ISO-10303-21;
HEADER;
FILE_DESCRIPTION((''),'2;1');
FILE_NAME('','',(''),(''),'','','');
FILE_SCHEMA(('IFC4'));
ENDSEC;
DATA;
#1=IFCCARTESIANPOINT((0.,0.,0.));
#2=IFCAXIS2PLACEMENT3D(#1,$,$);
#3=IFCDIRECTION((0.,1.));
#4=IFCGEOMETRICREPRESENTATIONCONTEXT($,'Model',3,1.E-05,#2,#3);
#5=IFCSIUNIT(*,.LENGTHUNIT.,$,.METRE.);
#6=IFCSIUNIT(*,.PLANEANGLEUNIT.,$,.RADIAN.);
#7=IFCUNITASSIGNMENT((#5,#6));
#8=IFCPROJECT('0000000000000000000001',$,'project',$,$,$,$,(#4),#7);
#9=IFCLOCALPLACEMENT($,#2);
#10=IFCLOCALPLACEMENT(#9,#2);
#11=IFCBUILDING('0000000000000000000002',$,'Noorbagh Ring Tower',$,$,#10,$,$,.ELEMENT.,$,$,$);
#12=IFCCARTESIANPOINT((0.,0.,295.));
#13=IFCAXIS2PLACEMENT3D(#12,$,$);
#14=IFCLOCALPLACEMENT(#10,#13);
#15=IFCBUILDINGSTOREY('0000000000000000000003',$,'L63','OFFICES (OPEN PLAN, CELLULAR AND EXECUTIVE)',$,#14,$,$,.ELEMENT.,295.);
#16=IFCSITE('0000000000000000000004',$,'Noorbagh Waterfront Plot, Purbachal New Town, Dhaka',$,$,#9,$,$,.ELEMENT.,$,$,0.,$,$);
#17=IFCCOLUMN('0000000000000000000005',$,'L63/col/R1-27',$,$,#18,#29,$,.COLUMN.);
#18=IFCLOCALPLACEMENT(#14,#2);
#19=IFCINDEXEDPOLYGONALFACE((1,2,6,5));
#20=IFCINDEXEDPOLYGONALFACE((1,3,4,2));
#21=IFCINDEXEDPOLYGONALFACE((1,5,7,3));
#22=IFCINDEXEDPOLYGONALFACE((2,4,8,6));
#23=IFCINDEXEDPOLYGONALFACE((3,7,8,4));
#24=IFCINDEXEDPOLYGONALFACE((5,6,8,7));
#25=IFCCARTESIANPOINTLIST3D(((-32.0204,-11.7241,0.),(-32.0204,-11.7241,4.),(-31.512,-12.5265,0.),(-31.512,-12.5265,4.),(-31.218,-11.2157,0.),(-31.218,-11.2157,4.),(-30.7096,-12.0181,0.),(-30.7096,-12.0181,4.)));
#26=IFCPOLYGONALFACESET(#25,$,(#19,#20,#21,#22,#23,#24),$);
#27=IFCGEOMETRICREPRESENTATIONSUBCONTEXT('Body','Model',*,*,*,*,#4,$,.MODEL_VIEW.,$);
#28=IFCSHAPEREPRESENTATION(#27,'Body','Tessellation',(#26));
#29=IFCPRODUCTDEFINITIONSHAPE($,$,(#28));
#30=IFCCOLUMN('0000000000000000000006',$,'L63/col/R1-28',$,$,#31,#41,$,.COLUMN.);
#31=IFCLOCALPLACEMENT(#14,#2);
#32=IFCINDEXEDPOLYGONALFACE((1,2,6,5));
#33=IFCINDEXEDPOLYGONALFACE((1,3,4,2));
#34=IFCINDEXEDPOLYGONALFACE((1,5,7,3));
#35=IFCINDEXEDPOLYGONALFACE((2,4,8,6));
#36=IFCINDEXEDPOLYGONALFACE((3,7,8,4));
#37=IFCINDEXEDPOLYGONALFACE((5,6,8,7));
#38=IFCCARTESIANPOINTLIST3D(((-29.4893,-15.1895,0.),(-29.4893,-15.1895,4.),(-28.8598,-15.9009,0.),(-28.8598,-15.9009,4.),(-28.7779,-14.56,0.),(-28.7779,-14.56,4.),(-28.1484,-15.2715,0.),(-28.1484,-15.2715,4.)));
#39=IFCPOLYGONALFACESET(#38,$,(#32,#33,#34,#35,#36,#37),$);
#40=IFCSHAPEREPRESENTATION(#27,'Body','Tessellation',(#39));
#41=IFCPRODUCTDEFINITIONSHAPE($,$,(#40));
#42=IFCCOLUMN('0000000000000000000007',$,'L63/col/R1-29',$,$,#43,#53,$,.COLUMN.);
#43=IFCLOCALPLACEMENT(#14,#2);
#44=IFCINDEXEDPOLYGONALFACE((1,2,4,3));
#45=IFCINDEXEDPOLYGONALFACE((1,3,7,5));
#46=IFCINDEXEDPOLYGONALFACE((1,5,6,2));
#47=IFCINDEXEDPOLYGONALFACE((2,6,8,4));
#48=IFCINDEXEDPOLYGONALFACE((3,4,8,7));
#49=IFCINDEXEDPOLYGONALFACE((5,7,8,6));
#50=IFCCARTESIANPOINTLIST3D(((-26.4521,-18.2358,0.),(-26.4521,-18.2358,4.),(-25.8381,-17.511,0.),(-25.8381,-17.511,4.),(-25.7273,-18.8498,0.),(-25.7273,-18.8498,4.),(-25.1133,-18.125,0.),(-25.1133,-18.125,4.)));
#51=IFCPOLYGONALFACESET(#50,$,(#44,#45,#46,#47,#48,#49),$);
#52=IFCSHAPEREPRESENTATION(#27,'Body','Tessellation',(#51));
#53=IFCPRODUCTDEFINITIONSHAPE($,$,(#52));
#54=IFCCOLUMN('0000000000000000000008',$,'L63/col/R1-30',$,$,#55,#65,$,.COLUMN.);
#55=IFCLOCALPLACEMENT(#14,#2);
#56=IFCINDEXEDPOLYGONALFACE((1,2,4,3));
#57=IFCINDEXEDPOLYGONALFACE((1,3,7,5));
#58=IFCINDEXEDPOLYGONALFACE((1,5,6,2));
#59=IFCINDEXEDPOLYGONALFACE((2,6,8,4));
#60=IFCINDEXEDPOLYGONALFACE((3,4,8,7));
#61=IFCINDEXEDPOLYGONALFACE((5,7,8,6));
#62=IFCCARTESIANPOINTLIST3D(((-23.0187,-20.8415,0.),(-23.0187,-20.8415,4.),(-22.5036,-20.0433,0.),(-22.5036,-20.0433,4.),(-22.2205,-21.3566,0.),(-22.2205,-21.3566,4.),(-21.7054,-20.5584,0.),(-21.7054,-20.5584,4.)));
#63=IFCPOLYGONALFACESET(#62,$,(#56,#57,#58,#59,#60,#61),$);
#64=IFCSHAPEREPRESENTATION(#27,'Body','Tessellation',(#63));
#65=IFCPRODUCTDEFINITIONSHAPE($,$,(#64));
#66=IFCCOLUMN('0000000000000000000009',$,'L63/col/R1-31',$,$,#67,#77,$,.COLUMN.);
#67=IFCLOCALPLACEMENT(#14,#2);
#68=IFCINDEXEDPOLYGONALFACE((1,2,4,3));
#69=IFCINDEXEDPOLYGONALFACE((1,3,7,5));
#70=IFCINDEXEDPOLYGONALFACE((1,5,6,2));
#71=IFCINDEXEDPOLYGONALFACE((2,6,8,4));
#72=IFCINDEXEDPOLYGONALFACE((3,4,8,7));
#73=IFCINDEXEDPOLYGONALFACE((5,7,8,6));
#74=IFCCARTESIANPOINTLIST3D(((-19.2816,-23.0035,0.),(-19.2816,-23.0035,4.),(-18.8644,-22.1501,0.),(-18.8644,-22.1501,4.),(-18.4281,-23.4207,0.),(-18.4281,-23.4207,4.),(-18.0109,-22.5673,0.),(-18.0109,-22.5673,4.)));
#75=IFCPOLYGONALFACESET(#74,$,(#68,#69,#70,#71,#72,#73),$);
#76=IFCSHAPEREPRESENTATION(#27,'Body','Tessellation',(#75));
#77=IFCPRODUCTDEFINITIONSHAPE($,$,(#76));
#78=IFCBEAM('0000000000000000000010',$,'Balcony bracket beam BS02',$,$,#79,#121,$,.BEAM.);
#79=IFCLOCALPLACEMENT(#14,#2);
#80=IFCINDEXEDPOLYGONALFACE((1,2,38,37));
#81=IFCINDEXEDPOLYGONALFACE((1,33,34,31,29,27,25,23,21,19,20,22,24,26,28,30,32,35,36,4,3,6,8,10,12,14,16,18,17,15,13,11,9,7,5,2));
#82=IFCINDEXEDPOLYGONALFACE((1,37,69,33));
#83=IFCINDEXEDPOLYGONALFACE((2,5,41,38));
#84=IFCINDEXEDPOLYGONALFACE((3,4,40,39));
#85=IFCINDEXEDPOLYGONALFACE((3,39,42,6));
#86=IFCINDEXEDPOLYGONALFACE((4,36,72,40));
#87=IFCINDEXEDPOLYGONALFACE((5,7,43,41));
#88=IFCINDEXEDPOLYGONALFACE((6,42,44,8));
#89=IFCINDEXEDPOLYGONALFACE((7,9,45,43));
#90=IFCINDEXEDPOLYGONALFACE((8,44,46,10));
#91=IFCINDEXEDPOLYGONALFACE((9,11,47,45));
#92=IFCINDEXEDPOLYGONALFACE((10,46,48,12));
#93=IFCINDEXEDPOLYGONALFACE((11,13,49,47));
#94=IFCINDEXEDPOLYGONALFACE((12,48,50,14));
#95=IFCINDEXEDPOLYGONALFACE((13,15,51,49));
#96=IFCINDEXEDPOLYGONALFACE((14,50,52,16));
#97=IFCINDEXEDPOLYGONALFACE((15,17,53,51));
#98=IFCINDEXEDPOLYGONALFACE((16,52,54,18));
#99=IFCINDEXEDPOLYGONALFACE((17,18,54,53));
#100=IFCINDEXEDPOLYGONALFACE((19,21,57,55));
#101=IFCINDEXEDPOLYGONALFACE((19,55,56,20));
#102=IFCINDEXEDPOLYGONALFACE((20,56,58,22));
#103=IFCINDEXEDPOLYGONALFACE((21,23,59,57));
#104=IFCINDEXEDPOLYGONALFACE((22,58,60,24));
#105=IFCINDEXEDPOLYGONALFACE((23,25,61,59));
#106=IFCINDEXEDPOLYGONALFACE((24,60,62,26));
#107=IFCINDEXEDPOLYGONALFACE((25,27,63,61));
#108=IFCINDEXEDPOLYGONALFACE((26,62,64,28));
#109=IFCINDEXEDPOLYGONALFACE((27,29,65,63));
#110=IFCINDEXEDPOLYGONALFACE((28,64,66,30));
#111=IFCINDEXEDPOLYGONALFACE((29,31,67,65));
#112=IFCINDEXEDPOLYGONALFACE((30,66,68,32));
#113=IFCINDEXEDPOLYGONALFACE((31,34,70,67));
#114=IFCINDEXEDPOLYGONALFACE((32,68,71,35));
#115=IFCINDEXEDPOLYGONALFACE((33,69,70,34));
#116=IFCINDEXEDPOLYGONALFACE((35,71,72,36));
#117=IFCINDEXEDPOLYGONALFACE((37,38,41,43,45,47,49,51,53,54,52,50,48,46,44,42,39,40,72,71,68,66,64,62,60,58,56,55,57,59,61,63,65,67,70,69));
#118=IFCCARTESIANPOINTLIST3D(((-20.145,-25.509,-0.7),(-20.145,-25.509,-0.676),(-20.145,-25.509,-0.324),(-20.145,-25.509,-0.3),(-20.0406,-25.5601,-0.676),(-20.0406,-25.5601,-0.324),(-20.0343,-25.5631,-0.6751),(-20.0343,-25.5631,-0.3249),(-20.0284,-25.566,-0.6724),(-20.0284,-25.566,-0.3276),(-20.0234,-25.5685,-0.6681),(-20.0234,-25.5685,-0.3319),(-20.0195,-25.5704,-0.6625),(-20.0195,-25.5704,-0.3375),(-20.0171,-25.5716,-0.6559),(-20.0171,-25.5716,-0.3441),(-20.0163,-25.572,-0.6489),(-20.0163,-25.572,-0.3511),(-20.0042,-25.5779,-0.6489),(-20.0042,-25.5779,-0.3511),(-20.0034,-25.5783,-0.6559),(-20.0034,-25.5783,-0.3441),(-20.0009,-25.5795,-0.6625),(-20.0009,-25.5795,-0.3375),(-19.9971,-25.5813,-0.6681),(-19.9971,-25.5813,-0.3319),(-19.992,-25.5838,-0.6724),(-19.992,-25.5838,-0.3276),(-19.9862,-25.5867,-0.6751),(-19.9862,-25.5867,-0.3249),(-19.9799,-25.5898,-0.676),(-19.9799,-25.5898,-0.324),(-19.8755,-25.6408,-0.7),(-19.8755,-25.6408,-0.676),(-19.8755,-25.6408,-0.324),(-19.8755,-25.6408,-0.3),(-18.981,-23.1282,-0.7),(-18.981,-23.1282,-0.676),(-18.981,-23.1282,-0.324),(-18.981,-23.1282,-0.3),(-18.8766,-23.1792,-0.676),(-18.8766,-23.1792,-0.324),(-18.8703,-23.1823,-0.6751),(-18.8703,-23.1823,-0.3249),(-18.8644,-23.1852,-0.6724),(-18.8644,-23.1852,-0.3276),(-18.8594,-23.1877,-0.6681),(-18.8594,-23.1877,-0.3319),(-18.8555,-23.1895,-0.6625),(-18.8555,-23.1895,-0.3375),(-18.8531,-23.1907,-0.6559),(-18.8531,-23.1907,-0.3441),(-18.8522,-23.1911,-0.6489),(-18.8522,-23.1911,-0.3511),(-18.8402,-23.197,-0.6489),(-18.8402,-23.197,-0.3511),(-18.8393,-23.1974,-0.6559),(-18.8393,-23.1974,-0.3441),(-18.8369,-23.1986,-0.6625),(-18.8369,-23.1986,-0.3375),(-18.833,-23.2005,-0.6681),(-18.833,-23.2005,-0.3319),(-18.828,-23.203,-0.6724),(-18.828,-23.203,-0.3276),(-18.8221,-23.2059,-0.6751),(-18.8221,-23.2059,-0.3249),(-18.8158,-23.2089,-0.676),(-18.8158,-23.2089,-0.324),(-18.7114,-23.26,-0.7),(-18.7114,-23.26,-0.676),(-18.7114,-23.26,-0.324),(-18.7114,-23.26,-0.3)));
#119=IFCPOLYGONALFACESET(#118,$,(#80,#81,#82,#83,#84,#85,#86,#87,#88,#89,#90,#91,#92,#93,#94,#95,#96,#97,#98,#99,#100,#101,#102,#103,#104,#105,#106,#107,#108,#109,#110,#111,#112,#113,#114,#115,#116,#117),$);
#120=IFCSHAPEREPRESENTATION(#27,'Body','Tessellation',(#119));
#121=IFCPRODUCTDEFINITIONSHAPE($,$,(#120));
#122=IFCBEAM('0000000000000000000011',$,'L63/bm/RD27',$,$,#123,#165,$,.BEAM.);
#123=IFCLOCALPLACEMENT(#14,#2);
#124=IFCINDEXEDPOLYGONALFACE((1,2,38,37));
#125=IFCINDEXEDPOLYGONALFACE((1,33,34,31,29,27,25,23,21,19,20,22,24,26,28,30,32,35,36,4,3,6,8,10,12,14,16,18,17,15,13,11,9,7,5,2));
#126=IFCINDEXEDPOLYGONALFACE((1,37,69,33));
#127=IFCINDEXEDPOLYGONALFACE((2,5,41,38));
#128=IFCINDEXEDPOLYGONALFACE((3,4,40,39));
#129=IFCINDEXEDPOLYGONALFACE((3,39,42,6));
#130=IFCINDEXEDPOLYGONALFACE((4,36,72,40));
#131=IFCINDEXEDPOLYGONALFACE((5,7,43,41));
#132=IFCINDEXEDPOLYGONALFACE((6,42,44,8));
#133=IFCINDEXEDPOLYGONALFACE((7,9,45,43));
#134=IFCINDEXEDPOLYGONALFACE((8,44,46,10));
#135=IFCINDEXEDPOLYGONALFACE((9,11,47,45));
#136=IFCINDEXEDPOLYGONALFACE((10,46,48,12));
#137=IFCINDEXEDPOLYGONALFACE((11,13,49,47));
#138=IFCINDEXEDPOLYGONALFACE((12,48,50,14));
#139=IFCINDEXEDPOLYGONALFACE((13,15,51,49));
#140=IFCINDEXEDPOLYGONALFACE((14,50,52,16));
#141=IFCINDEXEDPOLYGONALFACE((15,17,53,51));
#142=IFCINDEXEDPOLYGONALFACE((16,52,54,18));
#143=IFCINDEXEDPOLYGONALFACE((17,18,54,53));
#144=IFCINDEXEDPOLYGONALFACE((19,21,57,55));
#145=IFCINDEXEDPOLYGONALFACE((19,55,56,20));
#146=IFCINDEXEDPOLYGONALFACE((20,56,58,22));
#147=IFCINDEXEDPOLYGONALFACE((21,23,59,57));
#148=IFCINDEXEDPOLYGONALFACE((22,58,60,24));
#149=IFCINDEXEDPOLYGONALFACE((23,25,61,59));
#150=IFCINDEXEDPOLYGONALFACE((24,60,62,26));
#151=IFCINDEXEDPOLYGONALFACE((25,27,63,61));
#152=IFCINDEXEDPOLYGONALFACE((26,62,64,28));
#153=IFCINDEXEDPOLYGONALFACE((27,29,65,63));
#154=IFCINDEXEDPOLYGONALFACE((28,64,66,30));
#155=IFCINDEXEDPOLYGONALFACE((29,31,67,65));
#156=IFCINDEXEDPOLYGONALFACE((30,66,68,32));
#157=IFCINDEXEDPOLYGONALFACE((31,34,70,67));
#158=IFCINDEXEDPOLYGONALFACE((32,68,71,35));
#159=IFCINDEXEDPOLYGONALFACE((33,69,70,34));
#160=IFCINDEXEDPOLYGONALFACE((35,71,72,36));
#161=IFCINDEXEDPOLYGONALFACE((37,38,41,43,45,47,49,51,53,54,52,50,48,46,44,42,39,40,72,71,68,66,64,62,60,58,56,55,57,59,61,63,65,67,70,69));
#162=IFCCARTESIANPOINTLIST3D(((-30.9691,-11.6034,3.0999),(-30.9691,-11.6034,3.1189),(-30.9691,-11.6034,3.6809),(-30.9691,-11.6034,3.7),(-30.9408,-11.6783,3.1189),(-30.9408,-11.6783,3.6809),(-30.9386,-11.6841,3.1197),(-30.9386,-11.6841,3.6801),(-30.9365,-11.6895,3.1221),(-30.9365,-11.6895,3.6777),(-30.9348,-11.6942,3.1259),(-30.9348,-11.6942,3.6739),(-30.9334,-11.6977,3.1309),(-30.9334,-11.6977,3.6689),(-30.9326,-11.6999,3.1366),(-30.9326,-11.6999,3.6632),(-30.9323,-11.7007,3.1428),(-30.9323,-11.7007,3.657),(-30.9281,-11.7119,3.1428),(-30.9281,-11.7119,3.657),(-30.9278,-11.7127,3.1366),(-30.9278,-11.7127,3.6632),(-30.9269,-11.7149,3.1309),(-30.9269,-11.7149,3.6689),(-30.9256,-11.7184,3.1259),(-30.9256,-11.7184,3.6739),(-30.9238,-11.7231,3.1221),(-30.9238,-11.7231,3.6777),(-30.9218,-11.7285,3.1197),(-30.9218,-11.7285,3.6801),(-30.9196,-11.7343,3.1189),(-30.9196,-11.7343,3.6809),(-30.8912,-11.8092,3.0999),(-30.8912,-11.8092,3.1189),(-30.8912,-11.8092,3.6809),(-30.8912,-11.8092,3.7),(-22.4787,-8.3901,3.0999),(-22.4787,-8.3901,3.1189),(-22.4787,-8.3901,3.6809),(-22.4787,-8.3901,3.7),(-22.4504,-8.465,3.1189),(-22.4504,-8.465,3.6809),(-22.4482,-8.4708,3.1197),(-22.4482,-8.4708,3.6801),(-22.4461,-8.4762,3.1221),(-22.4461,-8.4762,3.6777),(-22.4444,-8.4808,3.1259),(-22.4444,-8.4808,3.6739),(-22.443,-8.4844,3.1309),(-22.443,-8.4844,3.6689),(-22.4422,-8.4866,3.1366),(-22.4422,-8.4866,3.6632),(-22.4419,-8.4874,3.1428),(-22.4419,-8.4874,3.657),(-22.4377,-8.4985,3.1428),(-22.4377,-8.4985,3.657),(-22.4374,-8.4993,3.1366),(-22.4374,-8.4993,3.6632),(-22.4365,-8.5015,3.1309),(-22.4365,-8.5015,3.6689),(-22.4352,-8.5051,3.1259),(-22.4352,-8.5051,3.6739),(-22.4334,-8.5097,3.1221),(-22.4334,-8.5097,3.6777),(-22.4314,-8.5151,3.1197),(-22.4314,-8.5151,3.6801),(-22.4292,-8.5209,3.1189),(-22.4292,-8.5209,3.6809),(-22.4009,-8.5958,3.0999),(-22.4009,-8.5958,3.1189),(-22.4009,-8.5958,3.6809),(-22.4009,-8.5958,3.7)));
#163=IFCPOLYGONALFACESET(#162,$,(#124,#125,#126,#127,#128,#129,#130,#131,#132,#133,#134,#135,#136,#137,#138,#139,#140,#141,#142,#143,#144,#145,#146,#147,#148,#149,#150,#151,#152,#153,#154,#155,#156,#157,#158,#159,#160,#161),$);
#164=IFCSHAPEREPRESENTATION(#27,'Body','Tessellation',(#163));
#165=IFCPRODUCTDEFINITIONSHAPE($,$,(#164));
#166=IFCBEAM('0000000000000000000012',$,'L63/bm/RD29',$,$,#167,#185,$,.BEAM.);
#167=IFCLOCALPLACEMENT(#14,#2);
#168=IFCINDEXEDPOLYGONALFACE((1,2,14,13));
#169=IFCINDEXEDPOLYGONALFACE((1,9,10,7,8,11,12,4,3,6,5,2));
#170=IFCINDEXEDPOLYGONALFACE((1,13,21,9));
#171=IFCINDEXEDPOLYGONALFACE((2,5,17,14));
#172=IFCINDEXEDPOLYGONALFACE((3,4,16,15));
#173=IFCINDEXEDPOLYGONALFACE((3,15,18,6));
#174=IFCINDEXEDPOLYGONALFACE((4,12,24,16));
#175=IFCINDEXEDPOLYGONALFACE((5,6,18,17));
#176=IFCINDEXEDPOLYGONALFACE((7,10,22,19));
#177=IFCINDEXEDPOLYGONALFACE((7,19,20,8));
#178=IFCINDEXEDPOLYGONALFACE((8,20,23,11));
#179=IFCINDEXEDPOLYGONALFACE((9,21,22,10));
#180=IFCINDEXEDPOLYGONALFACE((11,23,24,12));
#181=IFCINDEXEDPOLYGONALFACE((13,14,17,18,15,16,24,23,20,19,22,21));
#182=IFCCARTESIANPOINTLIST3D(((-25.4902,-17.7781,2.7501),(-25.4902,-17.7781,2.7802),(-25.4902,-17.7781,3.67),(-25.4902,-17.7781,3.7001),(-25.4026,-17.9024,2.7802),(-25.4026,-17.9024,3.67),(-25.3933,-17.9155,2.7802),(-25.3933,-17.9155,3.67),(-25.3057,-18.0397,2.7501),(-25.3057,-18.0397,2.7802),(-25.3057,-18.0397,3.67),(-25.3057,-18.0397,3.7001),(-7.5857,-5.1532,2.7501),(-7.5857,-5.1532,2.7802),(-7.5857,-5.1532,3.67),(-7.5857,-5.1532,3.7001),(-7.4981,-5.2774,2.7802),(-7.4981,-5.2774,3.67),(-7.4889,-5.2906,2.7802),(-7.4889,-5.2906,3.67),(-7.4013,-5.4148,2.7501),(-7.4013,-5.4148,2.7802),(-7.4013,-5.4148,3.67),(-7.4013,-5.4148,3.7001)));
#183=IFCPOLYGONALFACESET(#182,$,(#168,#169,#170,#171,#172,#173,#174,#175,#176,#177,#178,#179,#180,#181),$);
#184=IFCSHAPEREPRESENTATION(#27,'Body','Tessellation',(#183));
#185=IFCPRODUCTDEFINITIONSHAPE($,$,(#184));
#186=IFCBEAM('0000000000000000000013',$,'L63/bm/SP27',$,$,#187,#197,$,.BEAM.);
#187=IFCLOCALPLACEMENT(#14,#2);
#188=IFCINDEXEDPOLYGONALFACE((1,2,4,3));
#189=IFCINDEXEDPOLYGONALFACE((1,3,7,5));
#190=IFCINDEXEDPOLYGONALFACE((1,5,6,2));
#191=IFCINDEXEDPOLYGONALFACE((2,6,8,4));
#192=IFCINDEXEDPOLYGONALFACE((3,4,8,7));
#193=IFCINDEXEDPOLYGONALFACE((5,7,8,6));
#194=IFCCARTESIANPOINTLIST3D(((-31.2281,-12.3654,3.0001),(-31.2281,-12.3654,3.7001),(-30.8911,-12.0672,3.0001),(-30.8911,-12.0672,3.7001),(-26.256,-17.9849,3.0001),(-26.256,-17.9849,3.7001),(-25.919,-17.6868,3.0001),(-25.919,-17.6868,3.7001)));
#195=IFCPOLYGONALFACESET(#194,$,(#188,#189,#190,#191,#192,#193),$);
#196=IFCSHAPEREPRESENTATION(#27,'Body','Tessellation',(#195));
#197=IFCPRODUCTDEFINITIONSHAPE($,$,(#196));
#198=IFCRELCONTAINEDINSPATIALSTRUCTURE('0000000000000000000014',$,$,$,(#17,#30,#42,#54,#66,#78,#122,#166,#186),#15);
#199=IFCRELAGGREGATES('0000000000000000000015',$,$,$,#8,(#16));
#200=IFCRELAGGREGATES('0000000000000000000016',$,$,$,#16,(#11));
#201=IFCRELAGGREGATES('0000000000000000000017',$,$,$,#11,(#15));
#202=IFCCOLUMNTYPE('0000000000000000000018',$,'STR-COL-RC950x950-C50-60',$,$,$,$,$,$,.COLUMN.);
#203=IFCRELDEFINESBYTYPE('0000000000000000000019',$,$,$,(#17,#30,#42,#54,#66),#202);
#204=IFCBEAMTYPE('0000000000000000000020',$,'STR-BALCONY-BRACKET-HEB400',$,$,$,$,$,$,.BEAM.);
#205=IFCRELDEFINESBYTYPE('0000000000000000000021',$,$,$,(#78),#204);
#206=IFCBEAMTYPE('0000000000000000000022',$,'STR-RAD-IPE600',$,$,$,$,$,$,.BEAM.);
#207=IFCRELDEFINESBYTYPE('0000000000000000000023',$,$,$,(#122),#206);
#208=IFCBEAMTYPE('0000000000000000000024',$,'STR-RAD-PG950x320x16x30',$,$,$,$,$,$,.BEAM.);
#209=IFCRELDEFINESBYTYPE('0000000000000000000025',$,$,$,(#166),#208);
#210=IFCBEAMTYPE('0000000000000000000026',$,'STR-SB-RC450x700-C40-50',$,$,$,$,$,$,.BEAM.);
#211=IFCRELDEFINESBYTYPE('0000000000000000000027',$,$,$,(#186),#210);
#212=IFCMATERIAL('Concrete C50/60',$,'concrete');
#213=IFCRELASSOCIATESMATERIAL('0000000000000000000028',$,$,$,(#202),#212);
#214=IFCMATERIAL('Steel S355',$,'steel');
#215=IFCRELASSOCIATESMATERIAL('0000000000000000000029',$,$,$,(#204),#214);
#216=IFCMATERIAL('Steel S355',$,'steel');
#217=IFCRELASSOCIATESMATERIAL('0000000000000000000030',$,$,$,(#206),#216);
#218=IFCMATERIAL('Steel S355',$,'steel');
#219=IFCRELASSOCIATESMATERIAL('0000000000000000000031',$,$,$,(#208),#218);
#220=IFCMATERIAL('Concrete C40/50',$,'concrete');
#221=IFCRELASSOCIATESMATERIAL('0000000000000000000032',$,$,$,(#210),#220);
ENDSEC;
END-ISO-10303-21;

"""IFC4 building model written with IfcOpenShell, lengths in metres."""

from ifc_helpers import new_model, si_unit, direction, frame, origin, origin_2d, place, context, subcontext, project, spatial, rectangle, i_section, extrude, material, material_profile, profile_set, type_object, element, save


model = new_model("IFC4")

# Units and contexts
model_context = context("Model", 3, precision=1e-05, world=origin(), true_north=direction((0.0, 1.0)))
body_context = subcontext(model_context, "Body", "Model", "MODEL_VIEW")
ifc_project = project(units=[si_unit("LENGTHUNIT", "METRE"), si_unit("PLANEANGLEUNIT", "RADIAN")], contexts=[model_context])

# Site, building, storey
site_placement = place(None, origin())
site = spatial("IfcSite", under=ifc_project, at=site_placement, Name="Noorbagh Waterfront Plot, Purbachal New Town, Dhaka", CompositionType="ELEMENT", RefElevation=0.0)
building_placement = place(site_placement, origin())
building = spatial("IfcBuilding", under=site, at=building_placement, Name="Noorbagh Ring Tower", CompositionType="ELEMENT")
storey_placement = place(building_placement, frame((0.0, 0.0, 295.0)))
storey = spatial("IfcBuildingStorey", under=building, at=storey_placement, Name="L63", Description="OFFICES (OPEN PLAN, CELLULAR AND EXECUTIVE)", CompositionType="ELEMENT", Elevation=295.0)

# Columns
ifc_material_1 = material(Name="Concrete C50/60", Category="concrete")
ifc_material_profile_1 = material_profile(ifc_material_1, rectangle(XDim=0.95, YDim=0.95, at=origin_2d()), Name="RC950x950")
ifc_profile_set_1 = profile_set([ifc_material_profile_1], Name="Concrete C50/60")
column_type = type_object("IfcColumnType", Name="STR-COL-RC950x950-C50-60", PredefinedType="COLUMN", material=ifc_profile_set_1)
for number, where, z_axis, x_axis, name in (
    (1, (-31.365, -11.8711, 0.0), (0.0, 0.0, 1.0), (0.53519, -0.844731, 0.0), "L63/col/R1-27"),
    (2, (-28.8188, -15.2305, 0.0), (0.0, 0.0, 1.0), (0.662636, -0.748942, 0.0), "L63/col/R1-28"),
    (3, (-25.7827, -18.1804, 0.0), (0.0, 0.0, 1.0), (0.763035, -0.646357, 0.0), "L63/col/R1-29"),
    (4, (-22.3621, -20.7, 0.0), (0.0, 0.0, 1.0), (0.840248, -0.542203, 0.0), "L63/col/R1-30"),
    (5, (-18.6462, -22.7854, 0.0), (0.0, 0.0, 1.0), (0.898399, -0.43918, 0.0), "L63/col/R1-31"),
):
    element("IfcColumn", number, at=place(storey_placement, frame(where, z_axis=z_axis, x_axis=x_axis)), inside=storey, type_object=column_type, Name=name, PredefinedType="COLUMN", context=body_context, shape_type="SweptSolid", body=[
        extrude(rectangle(XDim=0.95, YDim=0.95, at=origin_2d()), origin(), (0.0, 0.0, 1.0), 4.0),
    ])

# Beams
ifc_material_2 = material(Name="Steel S355", Category="steel")
ifc_material_profile_2 = material_profile(ifc_material_2, i_section(OverallWidth=0.3, OverallDepth=0.3999, WebThickness=0.0134, FlangeThickness=0.0239, FilletRadius=0.0271, at=origin_2d()), Name="HEB400")
ifc_profile_set_2 = profile_set([ifc_material_profile_2], Name="Steel S355")
beam_type_1 = type_object("IfcBeamType", Name="STR-BALCONY-BRACKET-HEB400", PredefinedType="BEAM", material=ifc_profile_set_2)
beam_1_placement = place(storey_placement, frame((-18.8462, -23.1941, -0.5), z_axis=(-0.439237, -0.898371, 0.0), x_axis=(0.898371, -0.439237, 0.0)))
element("IfcBeam", 6, at=beam_1_placement, inside=storey, type_object=beam_type_1, Name="Balcony bracket beam BS02", PredefinedType="BEAM", context=body_context, shape_type="SweptSolid", body=[
    extrude(i_section(OverallWidth=0.3, OverallDepth=0.3999, WebThickness=0.0134, FlangeThickness=0.0239, FilletRadius=0.0271, at=origin_2d()), origin(), (0.0, 0.0, 1.0), 2.6501),
])
ifc_material_3 = material(Name="Steel S355", Category="steel")
ifc_material_profile_3 = material_profile(ifc_material_3, i_section(OverallWidth=0.22, OverallDepth=0.6001, WebThickness=0.012, FlangeThickness=0.019, FilletRadius=0.0239, at=origin_2d()), Name="IPE600")
ifc_profile_set_3 = profile_set([ifc_material_profile_3], Name="Steel S355")
beam_type_2 = type_object("IfcBeamType", Name="STR-RAD-IPE600", PredefinedType="BEAM", material=ifc_profile_set_3)
beam_2_placement = place(storey_placement, frame((-30.9302, -11.7063, 3.3999), z_axis=(0.935258, 0.353966, 0.0), x_axis=(-0.353966, 0.935258, 0.0)))
element("IfcBeam", 7, at=beam_2_placement, inside=storey, type_object=beam_type_2, Name="L63/bm/RD27", PredefinedType="BEAM", context=body_context, shape_type="SweptSolid", body=[
    extrude(i_section(OverallWidth=0.22, OverallDepth=0.6001, WebThickness=0.012, FlangeThickness=0.019, FilletRadius=0.0239, at=origin_2d()), origin(), (0.0, 0.0, 1.0), 9.0781),
])
ifc_material_4 = material(Name="Steel S355", Category="steel")
ifc_material_profile_4 = material_profile(ifc_material_4, i_section(OverallWidth=0.3201, OverallDepth=0.95, WebThickness=0.0161, FlangeThickness=0.03, at=origin_2d()), Name="PG950x320x16x30")
ifc_profile_set_4 = profile_set([ifc_material_profile_4], Name="Steel S355")
beam_type_3 = type_object("IfcBeamType", Name="STR-RAD-PG950x320x16x30", PredefinedType="BEAM", material=ifc_profile_set_4)
beam_3_placement = place(storey_placement, frame((-25.3979, -17.9089, 3.2251), z_axis=(0.817258, 0.576272, 0.0), x_axis=(-0.576272, 0.817258, 0.0)))
element("IfcBeam", 8, at=beam_3_placement, inside=storey, type_object=beam_type_3, Name="L63/bm/RD29", PredefinedType="BEAM", context=body_context, shape_type="SweptSolid", body=[
    extrude(i_section(OverallWidth=0.3201, OverallDepth=0.95, WebThickness=0.0161, FlangeThickness=0.03, at=origin_2d()), origin(), (0.0, 0.0, 1.0), 21.908),
])
ifc_material_5 = material(Name="Concrete C40/50", Category="concrete")
ifc_material_profile_5 = material_profile(ifc_material_5, rectangle(XDim=0.45, YDim=0.7, at=origin_2d()), Name="RC450x700")
ifc_profile_set_5 = profile_set([ifc_material_profile_5], Name="Concrete C40/50")
beam_type_4 = type_object("IfcBeamType", Name="STR-SB-RC450x700-C40-50", PredefinedType="BEAM", material=ifc_profile_set_5)
beam_4_placement = place(storey_placement, frame((-31.0596, -12.2163, 3.3501), z_axis=(0.662645, -0.748933, 0.0), x_axis=(0.748933, 0.662645, 0.0)))
element("IfcBeam", 9, at=beam_4_placement, inside=storey, type_object=beam_type_4, Name="L63/bm/SP27", PredefinedType="BEAM", context=body_context, shape_type="SweptSolid", body=[
    extrude(rectangle(XDim=0.45, YDim=0.7, at=origin_2d()), origin(), (0.0, 0.0, 1.0), 7.5034),
])

save(model, "model.ifc")
